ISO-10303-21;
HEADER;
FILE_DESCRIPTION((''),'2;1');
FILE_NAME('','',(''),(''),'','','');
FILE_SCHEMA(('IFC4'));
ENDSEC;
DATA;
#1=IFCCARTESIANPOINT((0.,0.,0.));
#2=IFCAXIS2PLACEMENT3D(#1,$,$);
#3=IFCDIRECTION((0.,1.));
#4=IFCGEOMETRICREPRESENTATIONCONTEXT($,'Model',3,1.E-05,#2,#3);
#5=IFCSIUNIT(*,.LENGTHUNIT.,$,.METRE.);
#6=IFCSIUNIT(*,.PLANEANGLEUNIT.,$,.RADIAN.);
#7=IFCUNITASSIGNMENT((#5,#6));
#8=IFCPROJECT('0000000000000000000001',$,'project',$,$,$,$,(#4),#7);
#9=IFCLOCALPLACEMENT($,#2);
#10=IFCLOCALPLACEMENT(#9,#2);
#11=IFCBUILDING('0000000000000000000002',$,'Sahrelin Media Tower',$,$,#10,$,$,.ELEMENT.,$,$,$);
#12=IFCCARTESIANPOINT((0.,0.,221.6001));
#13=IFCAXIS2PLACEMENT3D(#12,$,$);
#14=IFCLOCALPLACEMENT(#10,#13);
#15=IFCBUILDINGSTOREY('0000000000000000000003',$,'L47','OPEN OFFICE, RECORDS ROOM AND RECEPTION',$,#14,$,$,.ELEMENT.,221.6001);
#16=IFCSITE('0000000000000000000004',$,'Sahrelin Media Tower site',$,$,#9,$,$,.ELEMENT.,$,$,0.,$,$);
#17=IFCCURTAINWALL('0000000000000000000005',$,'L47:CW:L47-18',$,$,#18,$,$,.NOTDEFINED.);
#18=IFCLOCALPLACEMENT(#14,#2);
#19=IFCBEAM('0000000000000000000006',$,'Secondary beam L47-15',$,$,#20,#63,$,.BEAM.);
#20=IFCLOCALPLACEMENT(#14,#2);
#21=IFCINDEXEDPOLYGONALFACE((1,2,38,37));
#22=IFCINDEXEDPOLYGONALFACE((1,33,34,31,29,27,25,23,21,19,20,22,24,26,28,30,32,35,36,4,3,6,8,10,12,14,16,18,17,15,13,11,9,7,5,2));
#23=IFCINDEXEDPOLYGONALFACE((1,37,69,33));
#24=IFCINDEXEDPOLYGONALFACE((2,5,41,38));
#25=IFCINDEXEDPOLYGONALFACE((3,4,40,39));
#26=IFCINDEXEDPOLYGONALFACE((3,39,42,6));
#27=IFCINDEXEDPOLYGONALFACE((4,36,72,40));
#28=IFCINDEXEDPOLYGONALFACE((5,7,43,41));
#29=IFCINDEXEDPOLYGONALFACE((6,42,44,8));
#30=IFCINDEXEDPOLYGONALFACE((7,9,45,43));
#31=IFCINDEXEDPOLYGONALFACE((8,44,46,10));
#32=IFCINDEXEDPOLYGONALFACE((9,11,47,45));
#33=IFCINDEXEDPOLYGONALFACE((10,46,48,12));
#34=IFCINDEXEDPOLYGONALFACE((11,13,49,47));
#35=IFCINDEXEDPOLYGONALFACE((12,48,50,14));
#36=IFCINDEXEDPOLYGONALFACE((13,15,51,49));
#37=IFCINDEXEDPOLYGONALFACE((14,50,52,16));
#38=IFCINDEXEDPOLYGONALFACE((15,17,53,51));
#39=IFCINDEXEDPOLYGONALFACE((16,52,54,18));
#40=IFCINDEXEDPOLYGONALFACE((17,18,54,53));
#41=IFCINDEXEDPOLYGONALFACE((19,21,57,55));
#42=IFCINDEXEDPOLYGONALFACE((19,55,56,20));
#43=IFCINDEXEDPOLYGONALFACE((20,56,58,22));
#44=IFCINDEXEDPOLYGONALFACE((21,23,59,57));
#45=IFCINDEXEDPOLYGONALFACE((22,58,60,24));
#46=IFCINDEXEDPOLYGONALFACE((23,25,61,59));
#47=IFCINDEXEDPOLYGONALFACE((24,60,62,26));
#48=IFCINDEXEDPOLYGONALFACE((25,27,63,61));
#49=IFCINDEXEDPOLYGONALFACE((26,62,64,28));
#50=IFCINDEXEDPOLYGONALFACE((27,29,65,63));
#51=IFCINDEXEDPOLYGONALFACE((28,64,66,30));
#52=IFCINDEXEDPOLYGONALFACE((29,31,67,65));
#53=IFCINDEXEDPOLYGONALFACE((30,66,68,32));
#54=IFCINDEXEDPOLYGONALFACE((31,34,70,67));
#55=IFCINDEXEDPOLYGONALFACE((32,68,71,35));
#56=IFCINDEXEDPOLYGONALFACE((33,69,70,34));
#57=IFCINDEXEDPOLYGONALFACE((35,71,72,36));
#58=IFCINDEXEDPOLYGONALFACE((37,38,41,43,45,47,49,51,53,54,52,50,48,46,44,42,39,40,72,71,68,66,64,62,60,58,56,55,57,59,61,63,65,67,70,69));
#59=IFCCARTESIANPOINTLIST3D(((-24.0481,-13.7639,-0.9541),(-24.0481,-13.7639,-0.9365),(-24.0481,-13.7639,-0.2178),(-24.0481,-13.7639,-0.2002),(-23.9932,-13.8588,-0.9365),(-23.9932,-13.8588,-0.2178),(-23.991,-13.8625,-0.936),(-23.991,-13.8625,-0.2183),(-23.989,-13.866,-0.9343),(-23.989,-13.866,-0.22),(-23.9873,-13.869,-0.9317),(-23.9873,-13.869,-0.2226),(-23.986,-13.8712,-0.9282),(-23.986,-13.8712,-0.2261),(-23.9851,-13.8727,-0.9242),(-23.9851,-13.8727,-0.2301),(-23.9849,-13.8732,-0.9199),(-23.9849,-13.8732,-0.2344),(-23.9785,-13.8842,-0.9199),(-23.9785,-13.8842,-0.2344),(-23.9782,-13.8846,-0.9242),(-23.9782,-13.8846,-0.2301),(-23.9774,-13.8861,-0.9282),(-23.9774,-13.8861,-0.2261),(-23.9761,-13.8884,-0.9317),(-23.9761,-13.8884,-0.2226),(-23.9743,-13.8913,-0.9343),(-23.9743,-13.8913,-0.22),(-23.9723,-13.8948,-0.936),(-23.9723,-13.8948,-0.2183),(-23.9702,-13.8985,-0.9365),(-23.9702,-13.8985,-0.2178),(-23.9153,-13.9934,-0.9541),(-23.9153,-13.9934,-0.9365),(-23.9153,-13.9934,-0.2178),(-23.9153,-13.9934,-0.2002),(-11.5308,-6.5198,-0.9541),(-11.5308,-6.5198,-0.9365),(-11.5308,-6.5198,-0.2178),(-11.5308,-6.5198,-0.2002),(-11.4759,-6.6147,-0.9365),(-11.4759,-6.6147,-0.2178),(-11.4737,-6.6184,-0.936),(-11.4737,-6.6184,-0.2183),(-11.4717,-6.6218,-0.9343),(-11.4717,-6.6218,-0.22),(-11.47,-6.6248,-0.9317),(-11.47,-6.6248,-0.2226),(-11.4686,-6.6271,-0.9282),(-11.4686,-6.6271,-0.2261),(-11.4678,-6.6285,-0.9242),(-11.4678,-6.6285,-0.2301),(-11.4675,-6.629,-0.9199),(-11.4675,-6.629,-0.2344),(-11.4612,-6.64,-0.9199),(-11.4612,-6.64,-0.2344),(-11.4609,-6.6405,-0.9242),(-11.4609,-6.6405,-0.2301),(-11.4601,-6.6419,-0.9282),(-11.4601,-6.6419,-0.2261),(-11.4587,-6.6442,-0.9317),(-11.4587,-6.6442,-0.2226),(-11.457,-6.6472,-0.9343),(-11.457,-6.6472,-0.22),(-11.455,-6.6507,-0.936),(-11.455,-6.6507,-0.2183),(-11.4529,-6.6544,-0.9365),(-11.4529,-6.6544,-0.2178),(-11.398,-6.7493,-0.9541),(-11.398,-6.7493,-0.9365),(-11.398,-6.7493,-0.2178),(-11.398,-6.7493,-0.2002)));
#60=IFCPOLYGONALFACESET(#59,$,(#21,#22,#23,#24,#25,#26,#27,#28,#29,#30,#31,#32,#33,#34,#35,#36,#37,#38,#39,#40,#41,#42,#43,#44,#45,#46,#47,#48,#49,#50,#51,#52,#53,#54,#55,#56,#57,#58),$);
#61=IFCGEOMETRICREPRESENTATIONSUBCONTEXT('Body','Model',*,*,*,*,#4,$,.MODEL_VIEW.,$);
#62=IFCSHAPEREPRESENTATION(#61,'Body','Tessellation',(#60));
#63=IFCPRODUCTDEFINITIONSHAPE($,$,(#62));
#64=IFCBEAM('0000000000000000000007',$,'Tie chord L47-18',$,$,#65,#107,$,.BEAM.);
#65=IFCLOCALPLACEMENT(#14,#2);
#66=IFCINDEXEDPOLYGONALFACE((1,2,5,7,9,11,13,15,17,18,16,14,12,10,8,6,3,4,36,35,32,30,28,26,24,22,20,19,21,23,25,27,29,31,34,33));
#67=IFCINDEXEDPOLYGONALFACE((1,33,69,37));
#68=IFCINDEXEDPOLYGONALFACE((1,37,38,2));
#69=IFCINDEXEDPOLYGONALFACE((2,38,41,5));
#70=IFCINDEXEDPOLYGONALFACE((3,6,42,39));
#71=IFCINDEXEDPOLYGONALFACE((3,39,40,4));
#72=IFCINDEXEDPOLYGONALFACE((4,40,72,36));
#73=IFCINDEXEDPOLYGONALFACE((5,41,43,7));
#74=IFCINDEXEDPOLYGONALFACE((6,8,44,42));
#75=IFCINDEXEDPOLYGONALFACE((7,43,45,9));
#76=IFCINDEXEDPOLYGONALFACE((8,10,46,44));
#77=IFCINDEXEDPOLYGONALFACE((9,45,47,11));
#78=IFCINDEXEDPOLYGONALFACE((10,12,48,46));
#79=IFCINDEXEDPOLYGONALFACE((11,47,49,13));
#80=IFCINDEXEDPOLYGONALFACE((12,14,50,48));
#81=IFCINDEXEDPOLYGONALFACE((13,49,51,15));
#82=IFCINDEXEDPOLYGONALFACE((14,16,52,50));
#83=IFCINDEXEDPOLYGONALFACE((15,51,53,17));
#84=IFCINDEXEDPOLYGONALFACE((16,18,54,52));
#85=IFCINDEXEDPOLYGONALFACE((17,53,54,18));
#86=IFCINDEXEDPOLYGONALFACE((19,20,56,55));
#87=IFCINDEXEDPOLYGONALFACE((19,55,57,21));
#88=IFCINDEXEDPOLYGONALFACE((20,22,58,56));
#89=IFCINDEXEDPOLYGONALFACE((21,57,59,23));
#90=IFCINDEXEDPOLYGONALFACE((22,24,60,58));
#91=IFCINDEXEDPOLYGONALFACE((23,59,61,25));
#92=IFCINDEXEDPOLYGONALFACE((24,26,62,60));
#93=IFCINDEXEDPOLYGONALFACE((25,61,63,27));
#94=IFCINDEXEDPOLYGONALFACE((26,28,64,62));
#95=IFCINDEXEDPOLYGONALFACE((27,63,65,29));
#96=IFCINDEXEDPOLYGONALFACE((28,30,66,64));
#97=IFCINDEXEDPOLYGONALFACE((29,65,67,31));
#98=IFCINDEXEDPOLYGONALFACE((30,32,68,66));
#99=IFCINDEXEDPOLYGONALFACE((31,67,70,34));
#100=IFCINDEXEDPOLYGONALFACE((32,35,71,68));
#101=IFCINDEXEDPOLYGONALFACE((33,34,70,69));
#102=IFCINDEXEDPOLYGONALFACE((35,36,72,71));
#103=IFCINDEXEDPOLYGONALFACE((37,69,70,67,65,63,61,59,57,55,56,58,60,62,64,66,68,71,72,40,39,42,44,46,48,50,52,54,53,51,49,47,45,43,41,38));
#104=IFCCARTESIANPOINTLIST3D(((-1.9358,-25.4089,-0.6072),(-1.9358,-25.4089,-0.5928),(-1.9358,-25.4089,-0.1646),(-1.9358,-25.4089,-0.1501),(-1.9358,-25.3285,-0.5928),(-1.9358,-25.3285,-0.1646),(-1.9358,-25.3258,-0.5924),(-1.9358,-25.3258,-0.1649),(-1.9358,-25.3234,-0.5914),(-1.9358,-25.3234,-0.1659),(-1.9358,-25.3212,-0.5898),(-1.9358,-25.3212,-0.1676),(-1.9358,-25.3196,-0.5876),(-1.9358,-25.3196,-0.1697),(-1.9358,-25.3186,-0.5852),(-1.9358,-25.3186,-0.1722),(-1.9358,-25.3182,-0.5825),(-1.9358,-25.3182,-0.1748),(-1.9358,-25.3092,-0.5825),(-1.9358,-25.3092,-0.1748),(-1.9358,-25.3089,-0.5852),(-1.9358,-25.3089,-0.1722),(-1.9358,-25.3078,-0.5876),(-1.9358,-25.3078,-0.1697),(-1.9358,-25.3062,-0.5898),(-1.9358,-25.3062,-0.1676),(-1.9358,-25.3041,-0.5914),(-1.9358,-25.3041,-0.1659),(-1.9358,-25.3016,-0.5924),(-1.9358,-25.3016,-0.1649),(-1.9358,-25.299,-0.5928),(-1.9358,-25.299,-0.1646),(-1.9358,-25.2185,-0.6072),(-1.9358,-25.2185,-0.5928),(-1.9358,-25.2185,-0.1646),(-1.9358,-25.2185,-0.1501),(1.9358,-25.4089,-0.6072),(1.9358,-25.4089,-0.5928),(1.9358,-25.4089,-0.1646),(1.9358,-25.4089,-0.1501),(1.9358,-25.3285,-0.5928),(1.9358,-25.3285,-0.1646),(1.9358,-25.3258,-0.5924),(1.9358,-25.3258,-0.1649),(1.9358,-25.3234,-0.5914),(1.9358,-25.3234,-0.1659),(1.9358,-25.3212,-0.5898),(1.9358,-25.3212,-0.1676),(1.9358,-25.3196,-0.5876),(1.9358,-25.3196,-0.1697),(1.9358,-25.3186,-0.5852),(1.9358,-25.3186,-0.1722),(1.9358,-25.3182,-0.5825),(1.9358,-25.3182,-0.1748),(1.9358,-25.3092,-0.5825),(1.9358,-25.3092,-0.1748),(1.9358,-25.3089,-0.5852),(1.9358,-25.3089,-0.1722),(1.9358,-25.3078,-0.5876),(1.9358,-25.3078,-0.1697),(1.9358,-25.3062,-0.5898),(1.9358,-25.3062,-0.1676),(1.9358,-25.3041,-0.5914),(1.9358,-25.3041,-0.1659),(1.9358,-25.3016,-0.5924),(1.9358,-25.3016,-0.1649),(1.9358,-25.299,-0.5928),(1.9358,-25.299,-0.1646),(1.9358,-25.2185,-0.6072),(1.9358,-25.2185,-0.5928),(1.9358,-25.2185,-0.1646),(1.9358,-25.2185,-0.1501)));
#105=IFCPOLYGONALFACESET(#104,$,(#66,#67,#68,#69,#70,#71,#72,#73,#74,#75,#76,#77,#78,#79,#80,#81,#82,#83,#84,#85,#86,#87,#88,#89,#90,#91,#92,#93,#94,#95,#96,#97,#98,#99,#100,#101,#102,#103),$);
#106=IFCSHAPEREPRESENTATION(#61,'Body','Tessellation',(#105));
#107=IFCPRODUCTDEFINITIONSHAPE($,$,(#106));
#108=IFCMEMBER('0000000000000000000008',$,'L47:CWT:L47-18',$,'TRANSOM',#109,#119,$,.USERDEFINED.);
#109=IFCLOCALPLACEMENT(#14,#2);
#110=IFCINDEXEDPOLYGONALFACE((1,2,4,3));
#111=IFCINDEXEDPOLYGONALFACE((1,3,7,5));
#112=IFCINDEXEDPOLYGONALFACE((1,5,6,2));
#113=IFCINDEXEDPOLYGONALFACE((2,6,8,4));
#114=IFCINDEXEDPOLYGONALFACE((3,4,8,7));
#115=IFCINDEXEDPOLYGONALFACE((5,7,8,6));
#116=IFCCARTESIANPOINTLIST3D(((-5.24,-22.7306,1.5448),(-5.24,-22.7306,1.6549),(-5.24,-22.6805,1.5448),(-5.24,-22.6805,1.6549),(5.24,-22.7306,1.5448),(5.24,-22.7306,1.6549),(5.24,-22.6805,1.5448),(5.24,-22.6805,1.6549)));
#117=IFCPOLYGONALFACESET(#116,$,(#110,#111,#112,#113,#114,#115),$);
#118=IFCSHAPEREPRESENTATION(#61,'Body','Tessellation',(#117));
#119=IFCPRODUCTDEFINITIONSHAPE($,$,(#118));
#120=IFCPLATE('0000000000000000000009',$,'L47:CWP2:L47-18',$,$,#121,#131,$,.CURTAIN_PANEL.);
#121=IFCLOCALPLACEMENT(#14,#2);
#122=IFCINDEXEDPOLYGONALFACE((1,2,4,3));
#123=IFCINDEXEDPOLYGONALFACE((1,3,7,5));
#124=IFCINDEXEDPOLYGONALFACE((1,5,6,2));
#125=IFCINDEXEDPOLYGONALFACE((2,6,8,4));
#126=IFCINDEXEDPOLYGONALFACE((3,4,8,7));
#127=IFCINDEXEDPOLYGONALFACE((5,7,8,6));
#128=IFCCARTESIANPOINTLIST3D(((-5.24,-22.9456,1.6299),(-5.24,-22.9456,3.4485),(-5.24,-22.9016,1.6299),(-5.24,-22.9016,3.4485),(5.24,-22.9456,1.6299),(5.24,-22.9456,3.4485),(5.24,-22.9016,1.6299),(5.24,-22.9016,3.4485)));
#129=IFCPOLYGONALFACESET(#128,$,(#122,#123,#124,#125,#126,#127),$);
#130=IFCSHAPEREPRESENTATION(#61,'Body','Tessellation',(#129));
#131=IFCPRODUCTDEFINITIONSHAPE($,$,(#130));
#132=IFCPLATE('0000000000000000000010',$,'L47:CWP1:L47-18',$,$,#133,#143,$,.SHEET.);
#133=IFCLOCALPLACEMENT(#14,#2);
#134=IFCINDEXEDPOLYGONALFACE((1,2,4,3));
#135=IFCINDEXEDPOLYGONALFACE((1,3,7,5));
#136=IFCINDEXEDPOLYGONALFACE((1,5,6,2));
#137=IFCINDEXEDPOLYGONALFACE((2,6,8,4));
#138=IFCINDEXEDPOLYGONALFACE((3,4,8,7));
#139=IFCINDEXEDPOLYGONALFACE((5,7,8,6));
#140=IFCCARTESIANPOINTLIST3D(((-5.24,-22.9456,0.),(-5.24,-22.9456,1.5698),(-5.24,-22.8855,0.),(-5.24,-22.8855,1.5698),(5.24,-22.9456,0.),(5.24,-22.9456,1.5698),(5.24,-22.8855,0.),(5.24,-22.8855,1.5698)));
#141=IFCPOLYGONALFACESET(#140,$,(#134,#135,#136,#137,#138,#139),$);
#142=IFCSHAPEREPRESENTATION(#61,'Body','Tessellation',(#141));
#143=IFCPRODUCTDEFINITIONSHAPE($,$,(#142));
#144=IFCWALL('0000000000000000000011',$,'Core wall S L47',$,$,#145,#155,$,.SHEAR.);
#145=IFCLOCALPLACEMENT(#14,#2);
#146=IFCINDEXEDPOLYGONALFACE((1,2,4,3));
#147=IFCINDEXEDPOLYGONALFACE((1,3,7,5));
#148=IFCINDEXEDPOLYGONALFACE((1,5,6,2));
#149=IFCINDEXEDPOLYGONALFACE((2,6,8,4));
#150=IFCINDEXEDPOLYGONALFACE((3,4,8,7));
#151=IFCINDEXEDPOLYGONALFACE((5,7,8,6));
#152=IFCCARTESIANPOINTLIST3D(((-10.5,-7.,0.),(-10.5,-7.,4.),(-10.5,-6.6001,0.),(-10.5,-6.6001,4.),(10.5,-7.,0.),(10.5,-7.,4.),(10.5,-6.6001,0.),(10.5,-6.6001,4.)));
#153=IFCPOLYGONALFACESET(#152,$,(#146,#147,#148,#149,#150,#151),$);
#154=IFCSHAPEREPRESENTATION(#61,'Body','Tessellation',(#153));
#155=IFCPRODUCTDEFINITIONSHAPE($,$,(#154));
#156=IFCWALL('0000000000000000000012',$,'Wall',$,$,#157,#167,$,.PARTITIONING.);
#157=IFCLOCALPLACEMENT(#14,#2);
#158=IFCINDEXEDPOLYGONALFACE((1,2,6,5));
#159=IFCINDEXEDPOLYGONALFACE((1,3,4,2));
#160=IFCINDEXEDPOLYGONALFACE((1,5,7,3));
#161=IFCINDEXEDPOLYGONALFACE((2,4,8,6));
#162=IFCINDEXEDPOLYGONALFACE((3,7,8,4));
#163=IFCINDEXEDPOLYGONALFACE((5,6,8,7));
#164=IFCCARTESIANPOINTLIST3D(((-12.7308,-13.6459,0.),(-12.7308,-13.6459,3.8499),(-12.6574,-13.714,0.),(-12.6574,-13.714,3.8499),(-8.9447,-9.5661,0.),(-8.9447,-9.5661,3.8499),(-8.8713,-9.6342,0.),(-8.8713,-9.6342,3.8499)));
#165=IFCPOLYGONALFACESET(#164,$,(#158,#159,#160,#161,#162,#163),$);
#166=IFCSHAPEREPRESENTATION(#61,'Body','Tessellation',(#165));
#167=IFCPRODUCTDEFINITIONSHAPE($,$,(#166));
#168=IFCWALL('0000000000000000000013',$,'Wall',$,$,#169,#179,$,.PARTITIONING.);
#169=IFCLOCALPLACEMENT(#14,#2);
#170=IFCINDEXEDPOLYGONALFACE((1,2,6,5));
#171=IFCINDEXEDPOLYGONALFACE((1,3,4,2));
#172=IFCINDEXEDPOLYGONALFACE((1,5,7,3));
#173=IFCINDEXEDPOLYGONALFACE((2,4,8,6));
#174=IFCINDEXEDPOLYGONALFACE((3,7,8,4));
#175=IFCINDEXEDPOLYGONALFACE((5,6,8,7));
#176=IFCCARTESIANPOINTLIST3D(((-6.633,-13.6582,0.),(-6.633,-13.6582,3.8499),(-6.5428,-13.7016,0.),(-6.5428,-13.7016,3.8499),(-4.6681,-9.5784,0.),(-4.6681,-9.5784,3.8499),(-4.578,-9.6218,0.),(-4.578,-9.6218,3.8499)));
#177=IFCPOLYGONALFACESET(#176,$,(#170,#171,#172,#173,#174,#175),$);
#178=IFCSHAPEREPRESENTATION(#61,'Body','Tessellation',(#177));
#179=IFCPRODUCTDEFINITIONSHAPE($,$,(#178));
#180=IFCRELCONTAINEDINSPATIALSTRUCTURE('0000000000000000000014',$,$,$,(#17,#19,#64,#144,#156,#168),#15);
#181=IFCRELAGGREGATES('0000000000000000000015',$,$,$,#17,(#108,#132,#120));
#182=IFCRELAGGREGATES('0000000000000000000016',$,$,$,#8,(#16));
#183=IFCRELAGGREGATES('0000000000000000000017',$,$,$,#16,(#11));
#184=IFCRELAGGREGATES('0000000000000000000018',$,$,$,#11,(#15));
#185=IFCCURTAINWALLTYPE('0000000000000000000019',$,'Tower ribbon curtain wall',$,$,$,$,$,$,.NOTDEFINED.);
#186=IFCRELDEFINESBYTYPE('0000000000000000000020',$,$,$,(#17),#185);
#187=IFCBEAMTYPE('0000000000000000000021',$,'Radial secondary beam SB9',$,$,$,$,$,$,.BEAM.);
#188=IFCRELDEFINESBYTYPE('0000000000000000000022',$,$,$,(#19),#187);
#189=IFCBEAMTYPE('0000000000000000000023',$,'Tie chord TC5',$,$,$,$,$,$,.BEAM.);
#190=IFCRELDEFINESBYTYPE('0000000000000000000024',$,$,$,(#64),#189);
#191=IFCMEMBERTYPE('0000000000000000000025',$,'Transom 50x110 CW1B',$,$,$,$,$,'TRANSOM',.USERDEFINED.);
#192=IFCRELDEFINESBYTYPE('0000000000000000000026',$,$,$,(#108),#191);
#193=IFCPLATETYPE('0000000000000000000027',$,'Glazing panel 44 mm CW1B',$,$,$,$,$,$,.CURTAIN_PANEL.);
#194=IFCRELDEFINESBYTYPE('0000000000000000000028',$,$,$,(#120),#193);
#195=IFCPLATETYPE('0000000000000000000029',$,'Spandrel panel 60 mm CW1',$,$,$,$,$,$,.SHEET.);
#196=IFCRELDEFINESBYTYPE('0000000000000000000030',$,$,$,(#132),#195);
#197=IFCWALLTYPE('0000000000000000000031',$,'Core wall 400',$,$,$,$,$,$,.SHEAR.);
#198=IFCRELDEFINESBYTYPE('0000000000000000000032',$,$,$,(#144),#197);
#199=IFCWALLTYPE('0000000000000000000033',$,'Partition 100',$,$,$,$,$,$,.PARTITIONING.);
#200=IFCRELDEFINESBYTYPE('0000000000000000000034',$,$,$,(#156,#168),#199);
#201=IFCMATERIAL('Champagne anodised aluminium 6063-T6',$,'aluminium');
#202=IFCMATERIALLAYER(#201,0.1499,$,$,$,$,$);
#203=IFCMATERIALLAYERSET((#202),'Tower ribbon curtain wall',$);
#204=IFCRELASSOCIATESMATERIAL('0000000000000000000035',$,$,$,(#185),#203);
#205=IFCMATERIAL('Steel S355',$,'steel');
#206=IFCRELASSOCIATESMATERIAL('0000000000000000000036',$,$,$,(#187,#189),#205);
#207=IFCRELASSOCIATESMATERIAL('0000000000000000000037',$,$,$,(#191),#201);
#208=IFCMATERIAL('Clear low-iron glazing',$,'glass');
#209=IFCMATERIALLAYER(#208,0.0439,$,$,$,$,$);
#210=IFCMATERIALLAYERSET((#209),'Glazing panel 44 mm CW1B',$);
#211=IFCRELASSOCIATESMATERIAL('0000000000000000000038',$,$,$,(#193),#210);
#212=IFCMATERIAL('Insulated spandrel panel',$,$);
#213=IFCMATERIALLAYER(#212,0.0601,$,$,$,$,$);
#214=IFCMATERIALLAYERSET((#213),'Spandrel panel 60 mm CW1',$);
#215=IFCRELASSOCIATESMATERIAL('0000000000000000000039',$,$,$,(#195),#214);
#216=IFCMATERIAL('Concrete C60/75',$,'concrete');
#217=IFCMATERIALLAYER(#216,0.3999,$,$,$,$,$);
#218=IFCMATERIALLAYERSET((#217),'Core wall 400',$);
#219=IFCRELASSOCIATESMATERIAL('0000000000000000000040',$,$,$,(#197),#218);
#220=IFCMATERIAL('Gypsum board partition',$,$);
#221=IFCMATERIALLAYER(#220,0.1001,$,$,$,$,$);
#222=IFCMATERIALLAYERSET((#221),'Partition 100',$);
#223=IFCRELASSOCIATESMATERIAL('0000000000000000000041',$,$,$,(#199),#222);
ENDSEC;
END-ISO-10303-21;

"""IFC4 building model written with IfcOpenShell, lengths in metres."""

from ifc_helpers import new_model, si_unit, direction, frame, frame_2d, origin, origin_2d, place, context, subcontext, project, spatial, polyline, rectangle, i_section, outline, extrude, material, layer, layer_set, material_profile, profile_set, type_object, element, aggregate, save


model = new_model("IFC4")

# Units and contexts
model_context = context("Model", 3, precision=1e-05, world=origin(), true_north=direction((0.0, 1.0)))
body_context = subcontext(model_context, "Body", "Model", "MODEL_VIEW")
ifc_project = project(units=[si_unit("LENGTHUNIT", "METRE"), si_unit("PLANEANGLEUNIT", "RADIAN")], contexts=[model_context])

# Site, building, storey
site_placement = place(None, origin())
site = spatial("IfcSite", under=ifc_project, at=site_placement, Name="Sahrelin Media Tower site", CompositionType="ELEMENT", RefElevation=0.0)
building_placement = place(site_placement, origin())
building = spatial("IfcBuilding", under=site, at=building_placement, Name="Sahrelin Media Tower", CompositionType="ELEMENT")
storey_placement = place(building_placement, frame((0.0, 0.0, 221.6001)))
storey = spatial("IfcBuildingStorey", under=building, at=storey_placement, Name="L47", Description="OPEN OFFICE, RECORDS ROOM AND RECEPTION", CompositionType="ELEMENT", Elevation=221.6001)

# Shared definitions
ifc_material_1 = material(Name="Steel S355", Category="steel")

# Curtain wall
ifc_material_2 = material(Name="Champagne anodised aluminium 6063-T6", Category="aluminium")
ifc_layer_1 = layer(ifc_material_2, 0.1499)
ifc_layer_set_1 = layer_set([ifc_layer_1], Name="Tower ribbon curtain wall")
curtain_wall_type = type_object("IfcCurtainWallType", Name="Tower ribbon curtain wall", PredefinedType="NOTDEFINED", material=ifc_layer_set_1)
curtain_wall_1_placement = place(storey_placement, frame((0.0, -22.9255, 0.0), z_axis=(0.0, 0.0, 1.0), x_axis=(1.0, 0.0, 0.0)))
curtain_wall_1 = element("IfcCurtainWall", 1, at=curtain_wall_1_placement, inside=storey, type_object=curtain_wall_type, Name="L47:CW:L47-18", PredefinedType="NOTDEFINED")

# Beams
ifc_material_profile_1 = material_profile(ifc_material_1, i_section(OverallWidth=0.2651, OverallDepth=0.7539, WebThickness=0.0127, FlangeThickness=0.0176, FilletRadius=0.0166, at=origin_2d()), Name="UB 762x267x147")
ifc_profile_set_1 = profile_set([ifc_material_profile_1], Name="Steel S355")
beam_type_1 = type_object("IfcBeamType", Name="Radial secondary beam SB9", PredefinedType="BEAM", material=ifc_profile_set_1)
beam_1_placement = place(storey_placement, frame((-11.4644, -6.6345, -0.5771), z_axis=(-0.865508, -0.500895, 0.0), x_axis=(0.500895, -0.865508, 0.0)))
element("IfcBeam", 2, at=beam_1_placement, inside=storey, type_object=beam_type_1, Name="Secondary beam L47-15", PredefinedType="BEAM", context=body_context, shape_type="SweptSolid", body=[
    extrude(i_section(OverallWidth=0.2651, OverallDepth=0.7539, WebThickness=0.0127, FlangeThickness=0.0176, FilletRadius=0.0166, at=origin_2d()), origin(), (0.0, 0.0, 1.0), 14.4624),
])
ifc_material_profile_2 = material_profile(ifc_material_1, i_section(OverallWidth=0.1904, OverallDepth=0.457, WebThickness=0.009, FlangeThickness=0.0144, FilletRadius=0.0103, at=origin_2d()), Name="UB 457x191x74")
ifc_profile_set_2 = profile_set([ifc_material_profile_2], Name="Steel S355")
beam_type_2 = type_object("IfcBeamType", Name="Tie chord TC5", PredefinedType="BEAM", material=ifc_profile_set_2)
beam_2_placement = place(storey_placement, frame((-1.9358, -25.3137, -0.3787), z_axis=(1.0, 0.0, 0.0), x_axis=(0.0, 1.0, 0.0)))
element("IfcBeam", 3, at=beam_2_placement, inside=storey, type_object=beam_type_2, Name="Tie chord L47-18", PredefinedType="BEAM", context=body_context, shape_type="SweptSolid", body=[
    extrude(i_section(OverallWidth=0.1904, OverallDepth=0.457, WebThickness=0.009, FlangeThickness=0.0144, FilletRadius=0.0103, at=origin_2d()), origin(), (0.0, 0.0, 1.0), 3.8716),
])

# Member
ifc_material_profile_3 = material_profile(ifc_material_2, rectangle(XDim=0.05, YDim=0.1101, at=origin_2d()), Name="Transom 50x110")
ifc_profile_set_3 = profile_set([ifc_material_profile_3], Name="Champagne anodised aluminium 6063-T6")
member_type_1 = type_object("IfcMemberType", Name="Transom 50x110 CW1B", ElementType="TRANSOM", PredefinedType="USERDEFINED", material=ifc_profile_set_3)
member_1_placement = place(storey_placement, frame((-5.24, -22.7056, 1.5999), z_axis=(1.0, 0.0, 0.0), x_axis=(0.0, 1.0, 0.0)))
member_1 = element("IfcMember", 4, at=member_1_placement, type_object=member_type_1, Name="L47:CWT:L47-18", ObjectType="TRANSOM", PredefinedType="USERDEFINED", context=body_context, shape_type="SweptSolid", body=[
    extrude(rectangle(XDim=0.05, YDim=0.1101, at=origin_2d()), origin(), (0.0, 0.0, 1.0), 10.48),
])

# Plates
ifc_material_3 = material(Name="Clear low-iron glazing", Category="glass")
ifc_layer_2 = layer(ifc_material_3, 0.0439)
ifc_layer_set_2 = layer_set([ifc_layer_2], Name="Glazing panel 44 mm CW1B")
plate_type_1 = type_object("IfcPlateType", Name="Glazing panel 44 mm CW1B", PredefinedType="CURTAIN_PANEL", material=ifc_layer_set_2)
plate_1_placement = place(storey_placement, frame((-5.24, -22.9456, 1.6299), z_axis=(0.0, -1.0, 0.0), x_axis=(1.0, 0.0, 0.0)))
plate_1 = element("IfcPlate", 5, at=plate_1_placement, type_object=plate_type_1, Name="L47:CWP2:L47-18", PredefinedType="CURTAIN_PANEL", context=body_context, shape_type="SweptSolid", body=[
    extrude(outline(polyline([(0.0, 0.0), (10.48, 0.0), (10.48, 1.8186), (0.0, 1.8186), (0.0, 0.0)])), origin(), (0.0, 0.0, -1.0), 0.0439),
])
ifc_material_4 = material(Name="Insulated spandrel panel")
ifc_layer_3 = layer(ifc_material_4, 0.0601)
ifc_layer_set_3 = layer_set([ifc_layer_3], Name="Spandrel panel 60 mm CW1")
plate_type_2 = type_object("IfcPlateType", Name="Spandrel panel 60 mm CW1", PredefinedType="SHEET", material=ifc_layer_set_3)
plate_2_placement = place(storey_placement, frame((-5.24, -22.9456, 0.0), z_axis=(0.0, -1.0, 0.0), x_axis=(1.0, 0.0, 0.0)))
plate_2 = element("IfcPlate", 6, at=plate_2_placement, type_object=plate_type_2, Name="L47:CWP1:L47-18", PredefinedType="SHEET", context=body_context, shape_type="SweptSolid", body=[
    extrude(outline(polyline([(0.0, 0.0), (10.48, 0.0), (10.48, 1.5698), (0.0, 1.5698), (0.0, 0.0)])), origin(), (0.0, 0.0, -1.0), 0.0601),
])
aggregate(curtain_wall_1, [member_1, plate_2, plate_1])

# Walls
ifc_material_5 = material(Name="Concrete C60/75", Category="concrete")
ifc_layer_4 = layer(ifc_material_5, 0.3999)
ifc_layer_set_4 = layer_set([ifc_layer_4], Name="Core wall 400")
wall_type_1 = type_object("IfcWallType", Name="Core wall 400", PredefinedType="SHEAR", material=ifc_layer_set_4)
wall_1_placement = place(storey_placement, frame((-10.5, -6.8, 0.0), z_axis=(0.0, 0.0, 1.0), x_axis=(1.0, 0.0, 0.0)))
element("IfcWall", 7, at=wall_1_placement, inside=storey, type_object=wall_type_1, Name="Core wall S L47", PredefinedType="SHEAR", context=body_context, shape_type="SweptSolid", body=[
    extrude(rectangle(XDim=21.0, YDim=0.3999, at=frame_2d((10.5, 0.0))), origin(), (0.0, 0.0, 1.0), 4.0),
])
ifc_material_6 = material(Name="Gypsum board partition")
ifc_layer_5 = layer(ifc_material_6, 0.1001)
ifc_layer_set_5 = layer_set([ifc_layer_5], Name="Partition 100")
wall_type_2 = type_object("IfcWallType", Name="Partition 100", PredefinedType="PARTITIONING", material=ifc_layer_set_5)
wall_2_placement = place(storey_placement, frame((-12.6941, -13.6799, 0.0), z_axis=(0.0, 0.0, 1.0), x_axis=(0.680231, 0.732998, 0.0)))
element("IfcWall", 8, at=wall_2_placement, inside=storey, type_object=wall_type_2, Name="Wall", PredefinedType="PARTITIONING", context=body_context, shape_type="SweptSolid", body=[
    extrude(rectangle(XDim=5.5659, YDim=0.1001, at=frame_2d((2.783, 0.0))), origin(), (0.0, 0.0, 1.0), 3.8499),
])
wall_3_placement = place(storey_placement, frame((-6.5879, -13.6799, 0.0), z_axis=(0.0, 0.0, 1.0), x_axis=(0.433902, 0.90096, 0.0)))
element("IfcWall", 9, at=wall_3_placement, inside=storey, type_object=wall_type_2, Name="Wall", PredefinedType="PARTITIONING", context=body_context, shape_type="SweptSolid", body=[
    extrude(rectangle(XDim=4.5283, YDim=0.1001, at=frame_2d((2.2642, 0.0))), origin(), (0.0, 0.0, 1.0), 3.8499),
])

save(model, "model.ifc")
